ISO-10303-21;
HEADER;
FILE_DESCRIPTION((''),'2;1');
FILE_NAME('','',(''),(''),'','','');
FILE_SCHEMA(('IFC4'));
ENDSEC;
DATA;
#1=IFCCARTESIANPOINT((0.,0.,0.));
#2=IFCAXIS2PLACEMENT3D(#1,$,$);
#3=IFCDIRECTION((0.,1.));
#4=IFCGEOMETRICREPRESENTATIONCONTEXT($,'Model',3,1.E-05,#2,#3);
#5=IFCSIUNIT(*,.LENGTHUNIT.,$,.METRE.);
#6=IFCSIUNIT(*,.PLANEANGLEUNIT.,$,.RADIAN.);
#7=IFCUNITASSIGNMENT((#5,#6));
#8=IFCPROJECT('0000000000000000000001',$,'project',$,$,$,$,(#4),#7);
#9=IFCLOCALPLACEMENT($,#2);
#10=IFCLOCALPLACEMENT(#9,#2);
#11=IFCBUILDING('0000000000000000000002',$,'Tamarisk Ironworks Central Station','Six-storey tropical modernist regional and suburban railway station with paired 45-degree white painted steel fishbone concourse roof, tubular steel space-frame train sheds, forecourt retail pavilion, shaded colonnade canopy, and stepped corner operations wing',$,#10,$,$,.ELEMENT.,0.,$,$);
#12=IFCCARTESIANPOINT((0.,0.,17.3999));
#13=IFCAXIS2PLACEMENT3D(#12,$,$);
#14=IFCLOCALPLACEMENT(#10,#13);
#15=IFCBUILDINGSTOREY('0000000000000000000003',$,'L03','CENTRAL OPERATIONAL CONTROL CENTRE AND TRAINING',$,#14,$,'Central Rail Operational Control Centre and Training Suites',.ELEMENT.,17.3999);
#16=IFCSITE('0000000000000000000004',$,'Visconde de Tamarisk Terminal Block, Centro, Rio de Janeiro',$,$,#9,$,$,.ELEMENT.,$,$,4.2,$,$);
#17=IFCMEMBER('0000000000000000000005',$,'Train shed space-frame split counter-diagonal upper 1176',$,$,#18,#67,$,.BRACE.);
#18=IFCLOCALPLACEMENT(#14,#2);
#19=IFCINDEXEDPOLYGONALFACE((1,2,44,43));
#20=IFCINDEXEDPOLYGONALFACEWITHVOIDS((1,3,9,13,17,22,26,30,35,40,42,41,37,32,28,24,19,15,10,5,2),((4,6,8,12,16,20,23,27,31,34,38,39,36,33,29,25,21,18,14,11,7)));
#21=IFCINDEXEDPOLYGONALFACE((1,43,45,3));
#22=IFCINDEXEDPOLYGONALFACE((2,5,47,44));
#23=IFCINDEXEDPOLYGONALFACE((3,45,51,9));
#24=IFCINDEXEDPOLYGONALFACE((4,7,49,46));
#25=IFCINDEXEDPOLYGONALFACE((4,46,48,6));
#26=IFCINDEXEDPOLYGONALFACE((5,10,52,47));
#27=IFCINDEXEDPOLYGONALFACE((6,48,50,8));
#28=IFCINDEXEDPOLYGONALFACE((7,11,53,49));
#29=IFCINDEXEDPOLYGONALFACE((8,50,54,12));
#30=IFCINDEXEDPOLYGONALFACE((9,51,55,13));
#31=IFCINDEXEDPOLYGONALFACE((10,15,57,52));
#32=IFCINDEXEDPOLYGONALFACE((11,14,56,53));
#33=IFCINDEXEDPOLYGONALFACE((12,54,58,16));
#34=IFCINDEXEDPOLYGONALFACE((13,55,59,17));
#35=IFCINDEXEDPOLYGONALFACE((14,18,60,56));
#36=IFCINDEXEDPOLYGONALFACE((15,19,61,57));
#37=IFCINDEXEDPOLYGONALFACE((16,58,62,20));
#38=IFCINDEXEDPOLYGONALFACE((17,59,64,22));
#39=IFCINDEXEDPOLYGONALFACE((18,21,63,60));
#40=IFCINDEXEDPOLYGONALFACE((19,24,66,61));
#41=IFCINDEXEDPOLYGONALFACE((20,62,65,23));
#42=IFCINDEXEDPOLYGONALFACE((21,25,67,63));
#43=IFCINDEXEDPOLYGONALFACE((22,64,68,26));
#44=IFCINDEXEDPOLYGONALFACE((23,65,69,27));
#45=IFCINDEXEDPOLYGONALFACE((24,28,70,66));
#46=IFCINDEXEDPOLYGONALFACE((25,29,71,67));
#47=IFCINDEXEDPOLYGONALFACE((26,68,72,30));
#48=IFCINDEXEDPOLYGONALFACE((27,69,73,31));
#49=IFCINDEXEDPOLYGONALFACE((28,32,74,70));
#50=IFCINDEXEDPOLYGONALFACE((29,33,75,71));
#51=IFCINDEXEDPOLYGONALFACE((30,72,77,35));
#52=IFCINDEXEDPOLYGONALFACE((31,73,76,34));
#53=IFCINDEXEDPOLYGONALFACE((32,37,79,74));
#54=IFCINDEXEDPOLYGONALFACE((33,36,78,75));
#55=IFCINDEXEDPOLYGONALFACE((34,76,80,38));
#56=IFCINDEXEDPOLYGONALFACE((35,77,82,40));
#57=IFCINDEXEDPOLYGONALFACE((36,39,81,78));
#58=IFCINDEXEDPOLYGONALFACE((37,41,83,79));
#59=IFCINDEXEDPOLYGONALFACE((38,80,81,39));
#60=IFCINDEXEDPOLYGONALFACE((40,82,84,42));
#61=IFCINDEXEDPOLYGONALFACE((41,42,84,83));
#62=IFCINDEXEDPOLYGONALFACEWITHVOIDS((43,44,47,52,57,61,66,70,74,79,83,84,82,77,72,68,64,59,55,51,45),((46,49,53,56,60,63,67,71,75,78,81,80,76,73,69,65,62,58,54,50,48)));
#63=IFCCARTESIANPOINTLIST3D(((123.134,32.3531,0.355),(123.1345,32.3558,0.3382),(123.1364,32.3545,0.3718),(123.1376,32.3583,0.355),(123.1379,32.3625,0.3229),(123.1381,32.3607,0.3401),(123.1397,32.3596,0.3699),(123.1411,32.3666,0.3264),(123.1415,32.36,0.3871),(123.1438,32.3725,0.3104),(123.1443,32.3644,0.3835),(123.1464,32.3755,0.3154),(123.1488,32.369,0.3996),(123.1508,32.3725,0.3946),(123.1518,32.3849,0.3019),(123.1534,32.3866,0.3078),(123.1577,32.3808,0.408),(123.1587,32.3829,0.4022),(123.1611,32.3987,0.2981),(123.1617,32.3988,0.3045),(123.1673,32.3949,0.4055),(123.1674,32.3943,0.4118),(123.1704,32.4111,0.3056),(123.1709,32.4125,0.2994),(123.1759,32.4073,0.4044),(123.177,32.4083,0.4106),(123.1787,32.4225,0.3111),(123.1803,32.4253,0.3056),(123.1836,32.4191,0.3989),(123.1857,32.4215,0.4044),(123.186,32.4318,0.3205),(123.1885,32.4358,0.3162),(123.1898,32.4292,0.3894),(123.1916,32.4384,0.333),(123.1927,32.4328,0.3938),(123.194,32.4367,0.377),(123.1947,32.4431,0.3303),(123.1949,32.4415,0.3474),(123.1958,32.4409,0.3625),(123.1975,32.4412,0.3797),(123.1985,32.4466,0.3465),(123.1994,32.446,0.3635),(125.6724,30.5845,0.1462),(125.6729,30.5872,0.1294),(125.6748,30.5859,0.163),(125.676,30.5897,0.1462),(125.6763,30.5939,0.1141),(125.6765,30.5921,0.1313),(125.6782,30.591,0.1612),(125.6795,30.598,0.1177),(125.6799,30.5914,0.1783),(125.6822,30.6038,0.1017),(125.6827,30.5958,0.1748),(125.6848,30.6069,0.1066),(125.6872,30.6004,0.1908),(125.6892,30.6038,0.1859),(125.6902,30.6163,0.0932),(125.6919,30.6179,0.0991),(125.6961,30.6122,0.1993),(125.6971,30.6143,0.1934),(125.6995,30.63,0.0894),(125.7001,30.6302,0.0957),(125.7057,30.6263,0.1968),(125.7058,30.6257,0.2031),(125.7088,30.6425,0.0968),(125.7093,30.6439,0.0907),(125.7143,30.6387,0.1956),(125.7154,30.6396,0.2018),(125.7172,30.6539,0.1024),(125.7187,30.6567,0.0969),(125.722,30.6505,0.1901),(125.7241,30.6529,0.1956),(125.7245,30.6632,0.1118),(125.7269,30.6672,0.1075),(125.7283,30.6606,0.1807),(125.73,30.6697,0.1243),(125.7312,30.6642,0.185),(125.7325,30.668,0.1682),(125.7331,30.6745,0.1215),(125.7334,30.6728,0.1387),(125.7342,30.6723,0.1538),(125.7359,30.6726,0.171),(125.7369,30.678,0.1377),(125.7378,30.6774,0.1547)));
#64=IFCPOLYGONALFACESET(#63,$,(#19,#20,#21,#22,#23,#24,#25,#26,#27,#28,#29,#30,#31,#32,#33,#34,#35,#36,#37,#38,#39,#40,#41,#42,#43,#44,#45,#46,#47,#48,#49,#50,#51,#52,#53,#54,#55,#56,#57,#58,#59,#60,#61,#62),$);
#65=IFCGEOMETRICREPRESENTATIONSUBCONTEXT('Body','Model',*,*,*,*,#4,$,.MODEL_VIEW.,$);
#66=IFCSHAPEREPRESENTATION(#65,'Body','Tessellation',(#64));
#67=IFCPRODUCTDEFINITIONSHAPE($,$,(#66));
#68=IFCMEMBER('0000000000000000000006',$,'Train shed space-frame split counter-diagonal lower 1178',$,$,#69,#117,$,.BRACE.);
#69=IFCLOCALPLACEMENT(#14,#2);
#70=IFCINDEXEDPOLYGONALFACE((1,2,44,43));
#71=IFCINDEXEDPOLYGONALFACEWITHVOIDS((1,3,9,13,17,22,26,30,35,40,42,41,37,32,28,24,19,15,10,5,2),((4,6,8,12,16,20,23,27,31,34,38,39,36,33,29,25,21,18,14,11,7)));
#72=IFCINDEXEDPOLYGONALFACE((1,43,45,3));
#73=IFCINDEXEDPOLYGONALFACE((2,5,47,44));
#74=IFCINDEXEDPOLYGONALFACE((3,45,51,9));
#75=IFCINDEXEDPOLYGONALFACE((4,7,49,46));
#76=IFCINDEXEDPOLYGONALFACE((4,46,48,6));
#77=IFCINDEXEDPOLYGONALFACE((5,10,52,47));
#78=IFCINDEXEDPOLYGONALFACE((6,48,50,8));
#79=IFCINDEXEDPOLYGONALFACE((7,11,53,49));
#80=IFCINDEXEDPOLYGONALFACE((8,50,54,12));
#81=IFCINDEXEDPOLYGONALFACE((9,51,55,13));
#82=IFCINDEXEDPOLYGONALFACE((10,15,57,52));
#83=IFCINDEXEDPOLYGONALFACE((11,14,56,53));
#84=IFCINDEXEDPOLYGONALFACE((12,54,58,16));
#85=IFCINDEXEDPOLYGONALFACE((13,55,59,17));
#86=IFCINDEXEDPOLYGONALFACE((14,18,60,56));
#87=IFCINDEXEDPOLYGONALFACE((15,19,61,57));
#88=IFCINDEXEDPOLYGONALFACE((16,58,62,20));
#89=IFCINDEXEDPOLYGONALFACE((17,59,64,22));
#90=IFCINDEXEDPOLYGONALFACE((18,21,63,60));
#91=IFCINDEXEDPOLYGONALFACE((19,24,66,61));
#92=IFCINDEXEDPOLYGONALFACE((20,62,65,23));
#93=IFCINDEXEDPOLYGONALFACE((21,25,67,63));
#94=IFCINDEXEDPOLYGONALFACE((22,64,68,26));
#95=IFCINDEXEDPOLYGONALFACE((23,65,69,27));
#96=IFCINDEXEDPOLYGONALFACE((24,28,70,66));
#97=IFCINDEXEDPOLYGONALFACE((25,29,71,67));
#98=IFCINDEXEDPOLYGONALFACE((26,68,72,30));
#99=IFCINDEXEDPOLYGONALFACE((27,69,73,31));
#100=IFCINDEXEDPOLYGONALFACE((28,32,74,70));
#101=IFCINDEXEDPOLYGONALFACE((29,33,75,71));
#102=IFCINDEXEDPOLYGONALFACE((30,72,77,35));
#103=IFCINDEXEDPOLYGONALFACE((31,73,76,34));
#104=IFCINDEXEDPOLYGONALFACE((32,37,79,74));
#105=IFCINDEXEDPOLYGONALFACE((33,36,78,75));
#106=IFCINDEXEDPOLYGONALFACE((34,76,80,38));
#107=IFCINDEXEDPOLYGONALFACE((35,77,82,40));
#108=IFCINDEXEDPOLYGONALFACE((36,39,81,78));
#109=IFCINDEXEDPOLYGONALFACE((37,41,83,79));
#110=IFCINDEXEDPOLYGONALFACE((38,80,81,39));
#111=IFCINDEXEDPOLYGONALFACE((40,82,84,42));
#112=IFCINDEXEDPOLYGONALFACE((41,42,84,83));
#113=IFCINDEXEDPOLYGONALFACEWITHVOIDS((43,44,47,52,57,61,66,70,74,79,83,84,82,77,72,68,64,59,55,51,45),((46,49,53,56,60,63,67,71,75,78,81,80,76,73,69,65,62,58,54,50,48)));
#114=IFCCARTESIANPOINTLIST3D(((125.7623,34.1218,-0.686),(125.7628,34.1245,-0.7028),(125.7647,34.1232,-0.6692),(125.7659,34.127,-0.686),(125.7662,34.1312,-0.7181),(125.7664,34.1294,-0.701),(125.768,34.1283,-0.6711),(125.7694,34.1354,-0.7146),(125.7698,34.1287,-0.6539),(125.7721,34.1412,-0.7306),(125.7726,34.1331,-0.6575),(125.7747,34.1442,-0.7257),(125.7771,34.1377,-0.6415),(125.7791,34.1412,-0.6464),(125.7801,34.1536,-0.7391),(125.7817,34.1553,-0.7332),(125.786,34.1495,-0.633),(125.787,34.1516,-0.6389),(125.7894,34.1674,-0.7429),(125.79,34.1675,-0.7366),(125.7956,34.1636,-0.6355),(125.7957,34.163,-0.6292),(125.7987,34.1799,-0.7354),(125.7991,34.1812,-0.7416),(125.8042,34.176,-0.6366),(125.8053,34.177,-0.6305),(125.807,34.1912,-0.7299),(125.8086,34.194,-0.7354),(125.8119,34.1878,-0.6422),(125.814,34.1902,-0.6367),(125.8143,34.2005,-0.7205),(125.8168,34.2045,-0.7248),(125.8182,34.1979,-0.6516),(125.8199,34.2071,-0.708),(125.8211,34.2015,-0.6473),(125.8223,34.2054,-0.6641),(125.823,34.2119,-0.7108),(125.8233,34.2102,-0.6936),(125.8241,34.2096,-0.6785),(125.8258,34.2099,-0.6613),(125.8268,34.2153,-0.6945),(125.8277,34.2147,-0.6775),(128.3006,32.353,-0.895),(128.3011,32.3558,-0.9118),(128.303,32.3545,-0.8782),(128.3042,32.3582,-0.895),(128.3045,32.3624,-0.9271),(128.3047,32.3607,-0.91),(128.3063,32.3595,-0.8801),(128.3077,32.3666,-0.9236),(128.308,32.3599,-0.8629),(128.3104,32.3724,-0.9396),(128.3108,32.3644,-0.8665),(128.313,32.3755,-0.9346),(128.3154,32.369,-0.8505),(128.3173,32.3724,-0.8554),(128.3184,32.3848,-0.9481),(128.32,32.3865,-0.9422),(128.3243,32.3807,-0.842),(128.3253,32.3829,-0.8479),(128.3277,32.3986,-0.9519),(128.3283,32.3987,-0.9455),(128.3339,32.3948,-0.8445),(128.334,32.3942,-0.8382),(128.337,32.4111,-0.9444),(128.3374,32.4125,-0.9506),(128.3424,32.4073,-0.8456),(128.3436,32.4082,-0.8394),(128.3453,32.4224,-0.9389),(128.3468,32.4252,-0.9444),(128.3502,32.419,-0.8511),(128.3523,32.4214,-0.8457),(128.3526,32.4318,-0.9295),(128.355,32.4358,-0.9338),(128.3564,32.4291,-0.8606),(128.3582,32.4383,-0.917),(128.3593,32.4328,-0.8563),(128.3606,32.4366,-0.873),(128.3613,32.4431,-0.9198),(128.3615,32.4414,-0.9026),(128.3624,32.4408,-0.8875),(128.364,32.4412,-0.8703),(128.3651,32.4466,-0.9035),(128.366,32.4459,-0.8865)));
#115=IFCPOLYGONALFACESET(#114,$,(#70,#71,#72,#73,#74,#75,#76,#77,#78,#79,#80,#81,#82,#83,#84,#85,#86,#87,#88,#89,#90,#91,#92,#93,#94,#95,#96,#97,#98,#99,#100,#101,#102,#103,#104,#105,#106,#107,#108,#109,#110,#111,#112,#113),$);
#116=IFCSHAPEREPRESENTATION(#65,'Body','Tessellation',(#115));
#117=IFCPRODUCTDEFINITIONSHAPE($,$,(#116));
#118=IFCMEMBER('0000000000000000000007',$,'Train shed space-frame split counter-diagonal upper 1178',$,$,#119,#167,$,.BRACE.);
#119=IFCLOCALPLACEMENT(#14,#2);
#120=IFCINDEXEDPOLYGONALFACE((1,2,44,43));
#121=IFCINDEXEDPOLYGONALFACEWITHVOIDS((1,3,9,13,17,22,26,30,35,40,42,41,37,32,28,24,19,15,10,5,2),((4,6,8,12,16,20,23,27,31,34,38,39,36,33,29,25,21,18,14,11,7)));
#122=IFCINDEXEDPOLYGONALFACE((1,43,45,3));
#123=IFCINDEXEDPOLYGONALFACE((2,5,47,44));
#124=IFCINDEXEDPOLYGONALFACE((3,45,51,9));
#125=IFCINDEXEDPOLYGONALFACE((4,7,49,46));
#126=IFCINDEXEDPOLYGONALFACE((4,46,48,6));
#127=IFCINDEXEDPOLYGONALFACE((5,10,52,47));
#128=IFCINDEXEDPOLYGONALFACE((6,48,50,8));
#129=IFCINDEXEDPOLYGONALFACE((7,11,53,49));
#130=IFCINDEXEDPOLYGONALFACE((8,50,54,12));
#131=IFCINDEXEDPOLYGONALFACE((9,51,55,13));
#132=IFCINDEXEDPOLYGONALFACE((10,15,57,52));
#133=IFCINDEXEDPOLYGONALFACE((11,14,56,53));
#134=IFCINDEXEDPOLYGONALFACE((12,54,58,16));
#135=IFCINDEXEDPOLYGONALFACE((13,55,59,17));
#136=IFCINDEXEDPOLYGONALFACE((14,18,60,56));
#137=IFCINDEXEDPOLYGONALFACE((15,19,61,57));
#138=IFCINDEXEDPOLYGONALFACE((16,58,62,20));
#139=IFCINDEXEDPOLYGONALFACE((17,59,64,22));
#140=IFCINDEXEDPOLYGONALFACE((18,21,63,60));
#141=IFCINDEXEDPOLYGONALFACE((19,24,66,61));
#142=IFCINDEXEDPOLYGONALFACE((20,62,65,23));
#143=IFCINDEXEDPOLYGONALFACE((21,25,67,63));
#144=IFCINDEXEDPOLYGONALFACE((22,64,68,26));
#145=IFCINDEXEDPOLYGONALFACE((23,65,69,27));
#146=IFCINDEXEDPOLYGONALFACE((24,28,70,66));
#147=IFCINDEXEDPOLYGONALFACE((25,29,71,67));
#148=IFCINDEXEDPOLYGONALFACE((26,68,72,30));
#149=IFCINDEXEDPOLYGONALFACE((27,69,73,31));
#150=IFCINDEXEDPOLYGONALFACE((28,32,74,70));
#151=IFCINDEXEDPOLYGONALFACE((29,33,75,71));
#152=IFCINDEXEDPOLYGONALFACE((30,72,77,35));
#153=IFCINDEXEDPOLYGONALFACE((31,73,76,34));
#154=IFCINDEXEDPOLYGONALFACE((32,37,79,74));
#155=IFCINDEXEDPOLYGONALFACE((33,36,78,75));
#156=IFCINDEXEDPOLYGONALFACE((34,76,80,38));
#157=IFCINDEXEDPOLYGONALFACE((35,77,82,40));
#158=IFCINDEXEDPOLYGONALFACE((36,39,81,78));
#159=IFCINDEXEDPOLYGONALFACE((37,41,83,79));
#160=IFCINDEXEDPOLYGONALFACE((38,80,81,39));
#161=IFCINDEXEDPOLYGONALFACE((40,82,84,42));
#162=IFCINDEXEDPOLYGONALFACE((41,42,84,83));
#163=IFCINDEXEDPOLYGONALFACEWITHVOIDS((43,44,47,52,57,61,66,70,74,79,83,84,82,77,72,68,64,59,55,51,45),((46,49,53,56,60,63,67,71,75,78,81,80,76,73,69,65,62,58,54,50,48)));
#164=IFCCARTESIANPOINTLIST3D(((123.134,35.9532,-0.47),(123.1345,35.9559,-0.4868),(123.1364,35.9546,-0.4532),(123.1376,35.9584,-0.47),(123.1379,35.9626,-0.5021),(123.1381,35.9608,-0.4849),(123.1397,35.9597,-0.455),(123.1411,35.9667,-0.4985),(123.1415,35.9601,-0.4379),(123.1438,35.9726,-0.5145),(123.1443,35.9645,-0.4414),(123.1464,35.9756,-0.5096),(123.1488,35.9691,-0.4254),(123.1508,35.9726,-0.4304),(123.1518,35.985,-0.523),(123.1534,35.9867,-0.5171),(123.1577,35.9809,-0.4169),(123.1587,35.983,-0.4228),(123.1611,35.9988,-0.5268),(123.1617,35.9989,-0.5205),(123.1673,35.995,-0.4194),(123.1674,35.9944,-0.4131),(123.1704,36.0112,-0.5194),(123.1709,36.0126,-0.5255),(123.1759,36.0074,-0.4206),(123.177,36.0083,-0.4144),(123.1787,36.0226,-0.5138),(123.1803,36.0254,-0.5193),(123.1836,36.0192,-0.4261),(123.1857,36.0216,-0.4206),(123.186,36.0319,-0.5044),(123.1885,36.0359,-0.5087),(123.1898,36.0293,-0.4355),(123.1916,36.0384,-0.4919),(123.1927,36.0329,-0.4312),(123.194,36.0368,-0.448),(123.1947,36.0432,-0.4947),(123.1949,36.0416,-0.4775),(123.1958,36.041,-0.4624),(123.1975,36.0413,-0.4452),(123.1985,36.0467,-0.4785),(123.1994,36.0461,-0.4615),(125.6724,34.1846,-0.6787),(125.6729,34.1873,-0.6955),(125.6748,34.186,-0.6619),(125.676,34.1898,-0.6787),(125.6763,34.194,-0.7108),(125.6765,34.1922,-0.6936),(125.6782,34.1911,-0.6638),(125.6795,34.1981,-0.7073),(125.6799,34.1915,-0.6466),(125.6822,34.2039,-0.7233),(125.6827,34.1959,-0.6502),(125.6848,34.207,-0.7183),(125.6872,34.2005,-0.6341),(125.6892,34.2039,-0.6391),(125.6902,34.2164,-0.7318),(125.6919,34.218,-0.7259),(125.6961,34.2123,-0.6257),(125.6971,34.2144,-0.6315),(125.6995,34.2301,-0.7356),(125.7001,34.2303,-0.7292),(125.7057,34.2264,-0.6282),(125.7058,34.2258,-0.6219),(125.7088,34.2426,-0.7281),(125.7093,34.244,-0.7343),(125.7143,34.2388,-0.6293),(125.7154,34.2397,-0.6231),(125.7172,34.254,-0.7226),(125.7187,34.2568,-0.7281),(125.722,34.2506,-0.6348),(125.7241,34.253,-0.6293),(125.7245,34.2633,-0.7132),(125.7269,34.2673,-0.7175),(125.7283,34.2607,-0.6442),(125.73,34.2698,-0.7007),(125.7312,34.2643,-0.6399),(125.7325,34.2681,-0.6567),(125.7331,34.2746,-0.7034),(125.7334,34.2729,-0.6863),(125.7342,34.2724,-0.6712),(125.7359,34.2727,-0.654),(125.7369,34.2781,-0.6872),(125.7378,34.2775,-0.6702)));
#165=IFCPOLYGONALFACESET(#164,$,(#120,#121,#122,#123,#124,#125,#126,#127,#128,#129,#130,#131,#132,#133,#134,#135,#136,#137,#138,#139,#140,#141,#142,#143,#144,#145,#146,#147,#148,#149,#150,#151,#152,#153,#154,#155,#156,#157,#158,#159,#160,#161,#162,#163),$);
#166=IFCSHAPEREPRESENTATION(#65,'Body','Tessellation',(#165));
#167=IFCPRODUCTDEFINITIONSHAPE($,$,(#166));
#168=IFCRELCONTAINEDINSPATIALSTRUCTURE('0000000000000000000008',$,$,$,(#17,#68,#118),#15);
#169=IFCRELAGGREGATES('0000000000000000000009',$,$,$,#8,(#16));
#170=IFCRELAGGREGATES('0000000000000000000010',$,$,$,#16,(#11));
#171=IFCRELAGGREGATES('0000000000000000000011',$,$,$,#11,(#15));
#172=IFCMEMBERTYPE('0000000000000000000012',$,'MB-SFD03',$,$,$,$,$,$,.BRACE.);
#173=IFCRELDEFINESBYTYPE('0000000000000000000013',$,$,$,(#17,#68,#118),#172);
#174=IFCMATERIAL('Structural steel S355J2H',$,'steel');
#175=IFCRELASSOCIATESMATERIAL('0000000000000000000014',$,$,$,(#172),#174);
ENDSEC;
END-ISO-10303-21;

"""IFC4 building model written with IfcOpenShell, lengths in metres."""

from ifc_helpers import new_model, si_unit, direction, frame, origin, origin_2d, place, context, subcontext, project, spatial, hollow_circle, extrude, material, material_profile, profile_set, type_object, element, save


model = new_model("IFC4")

# Units and contexts
model_context = context("Model", 3, precision=1e-05, world=origin(), true_north=direction((0.0, 1.0)))
body_context = subcontext(model_context, "Body", "Model", "MODEL_VIEW")
ifc_project = project(units=[si_unit("LENGTHUNIT", "METRE"), si_unit("PLANEANGLEUNIT", "RADIAN")], contexts=[model_context])

# Site, building, storey
site_placement = place(None, origin())
site = spatial("IfcSite", under=ifc_project, at=site_placement, Name="Visconde de Tamarisk Terminal Block, Centro, Rio de Janeiro", CompositionType="ELEMENT", RefElevation=4.2)
building_placement = place(site_placement, origin())
building = spatial("IfcBuilding", under=site, at=building_placement, Name="Tamarisk Ironworks Central Station", Description="Six-storey tropical modernist regional and suburban railway station with paired 45-degree white painted steel fishbone concourse roof, tubular steel space-frame train sheds, forecourt retail pavilion, shaded colonnade canopy, and stepped corner operations wing", CompositionType="ELEMENT", ElevationOfRefHeight=0.0)
storey_placement = place(building_placement, frame((0.0, 0.0, 17.3999)))
storey = spatial("IfcBuildingStorey", under=building, at=storey_placement, Name="L03", Description="CENTRAL OPERATIONAL CONTROL CENTRE AND TRAINING", LongName="Central Rail Operational Control Centre and Training Suites", CompositionType="ELEMENT", Elevation=17.3999)

# Members
ifc_material_1 = material(Name="Structural steel S355J2H", Category="steel")
ifc_material_profile_1 = material_profile(ifc_material_1, hollow_circle(Radius=0.0571, WallThickness=0.0063, at=origin_2d()), Name="CHS 114.3x6.3")
ifc_profile_set_1 = profile_set([ifc_material_profile_1], Name="Structural steel S355J2H")
member_type_1 = type_object("IfcMemberType", Name="MB-SFD03", PredefinedType="BRACE", material=ifc_profile_set_1)
for number, where, z_axis, x_axis, name in (
    (1, (125.7051, 30.6313, 0.1462), (-0.818625, 0.570369, 0.06732), (-0.571666, -0.820487, 0.0), "Train shed space-frame split counter-diagonal upper 1176"),
    (2, (128.3333, 32.3999, -0.895), (-0.818584, 0.570419, 0.067395), (-0.571719, -0.82045, 0.0), "Train shed space-frame split counter-diagonal lower 1178"),
    (3, (125.7051, 34.2314, -0.6787), (-0.818625, 0.570369, 0.06732), (-0.571666, -0.820487, 0.0), "Train shed space-frame split counter-diagonal upper 1178"),
):
    element("IfcMember", number, at=place(storey_placement, frame(where, z_axis=z_axis, x_axis=x_axis)), inside=storey, type_object=member_type_1, Name=name, PredefinedType="BRACE", context=body_context, shape_type="SweptSolid", body=[
        extrude(hollow_circle(Radius=0.0571, WallThickness=0.0063, at=origin_2d()), origin(), (0.0, 0.0, 1.0), 3.1008),
    ])

save(model, "model.ifc")
